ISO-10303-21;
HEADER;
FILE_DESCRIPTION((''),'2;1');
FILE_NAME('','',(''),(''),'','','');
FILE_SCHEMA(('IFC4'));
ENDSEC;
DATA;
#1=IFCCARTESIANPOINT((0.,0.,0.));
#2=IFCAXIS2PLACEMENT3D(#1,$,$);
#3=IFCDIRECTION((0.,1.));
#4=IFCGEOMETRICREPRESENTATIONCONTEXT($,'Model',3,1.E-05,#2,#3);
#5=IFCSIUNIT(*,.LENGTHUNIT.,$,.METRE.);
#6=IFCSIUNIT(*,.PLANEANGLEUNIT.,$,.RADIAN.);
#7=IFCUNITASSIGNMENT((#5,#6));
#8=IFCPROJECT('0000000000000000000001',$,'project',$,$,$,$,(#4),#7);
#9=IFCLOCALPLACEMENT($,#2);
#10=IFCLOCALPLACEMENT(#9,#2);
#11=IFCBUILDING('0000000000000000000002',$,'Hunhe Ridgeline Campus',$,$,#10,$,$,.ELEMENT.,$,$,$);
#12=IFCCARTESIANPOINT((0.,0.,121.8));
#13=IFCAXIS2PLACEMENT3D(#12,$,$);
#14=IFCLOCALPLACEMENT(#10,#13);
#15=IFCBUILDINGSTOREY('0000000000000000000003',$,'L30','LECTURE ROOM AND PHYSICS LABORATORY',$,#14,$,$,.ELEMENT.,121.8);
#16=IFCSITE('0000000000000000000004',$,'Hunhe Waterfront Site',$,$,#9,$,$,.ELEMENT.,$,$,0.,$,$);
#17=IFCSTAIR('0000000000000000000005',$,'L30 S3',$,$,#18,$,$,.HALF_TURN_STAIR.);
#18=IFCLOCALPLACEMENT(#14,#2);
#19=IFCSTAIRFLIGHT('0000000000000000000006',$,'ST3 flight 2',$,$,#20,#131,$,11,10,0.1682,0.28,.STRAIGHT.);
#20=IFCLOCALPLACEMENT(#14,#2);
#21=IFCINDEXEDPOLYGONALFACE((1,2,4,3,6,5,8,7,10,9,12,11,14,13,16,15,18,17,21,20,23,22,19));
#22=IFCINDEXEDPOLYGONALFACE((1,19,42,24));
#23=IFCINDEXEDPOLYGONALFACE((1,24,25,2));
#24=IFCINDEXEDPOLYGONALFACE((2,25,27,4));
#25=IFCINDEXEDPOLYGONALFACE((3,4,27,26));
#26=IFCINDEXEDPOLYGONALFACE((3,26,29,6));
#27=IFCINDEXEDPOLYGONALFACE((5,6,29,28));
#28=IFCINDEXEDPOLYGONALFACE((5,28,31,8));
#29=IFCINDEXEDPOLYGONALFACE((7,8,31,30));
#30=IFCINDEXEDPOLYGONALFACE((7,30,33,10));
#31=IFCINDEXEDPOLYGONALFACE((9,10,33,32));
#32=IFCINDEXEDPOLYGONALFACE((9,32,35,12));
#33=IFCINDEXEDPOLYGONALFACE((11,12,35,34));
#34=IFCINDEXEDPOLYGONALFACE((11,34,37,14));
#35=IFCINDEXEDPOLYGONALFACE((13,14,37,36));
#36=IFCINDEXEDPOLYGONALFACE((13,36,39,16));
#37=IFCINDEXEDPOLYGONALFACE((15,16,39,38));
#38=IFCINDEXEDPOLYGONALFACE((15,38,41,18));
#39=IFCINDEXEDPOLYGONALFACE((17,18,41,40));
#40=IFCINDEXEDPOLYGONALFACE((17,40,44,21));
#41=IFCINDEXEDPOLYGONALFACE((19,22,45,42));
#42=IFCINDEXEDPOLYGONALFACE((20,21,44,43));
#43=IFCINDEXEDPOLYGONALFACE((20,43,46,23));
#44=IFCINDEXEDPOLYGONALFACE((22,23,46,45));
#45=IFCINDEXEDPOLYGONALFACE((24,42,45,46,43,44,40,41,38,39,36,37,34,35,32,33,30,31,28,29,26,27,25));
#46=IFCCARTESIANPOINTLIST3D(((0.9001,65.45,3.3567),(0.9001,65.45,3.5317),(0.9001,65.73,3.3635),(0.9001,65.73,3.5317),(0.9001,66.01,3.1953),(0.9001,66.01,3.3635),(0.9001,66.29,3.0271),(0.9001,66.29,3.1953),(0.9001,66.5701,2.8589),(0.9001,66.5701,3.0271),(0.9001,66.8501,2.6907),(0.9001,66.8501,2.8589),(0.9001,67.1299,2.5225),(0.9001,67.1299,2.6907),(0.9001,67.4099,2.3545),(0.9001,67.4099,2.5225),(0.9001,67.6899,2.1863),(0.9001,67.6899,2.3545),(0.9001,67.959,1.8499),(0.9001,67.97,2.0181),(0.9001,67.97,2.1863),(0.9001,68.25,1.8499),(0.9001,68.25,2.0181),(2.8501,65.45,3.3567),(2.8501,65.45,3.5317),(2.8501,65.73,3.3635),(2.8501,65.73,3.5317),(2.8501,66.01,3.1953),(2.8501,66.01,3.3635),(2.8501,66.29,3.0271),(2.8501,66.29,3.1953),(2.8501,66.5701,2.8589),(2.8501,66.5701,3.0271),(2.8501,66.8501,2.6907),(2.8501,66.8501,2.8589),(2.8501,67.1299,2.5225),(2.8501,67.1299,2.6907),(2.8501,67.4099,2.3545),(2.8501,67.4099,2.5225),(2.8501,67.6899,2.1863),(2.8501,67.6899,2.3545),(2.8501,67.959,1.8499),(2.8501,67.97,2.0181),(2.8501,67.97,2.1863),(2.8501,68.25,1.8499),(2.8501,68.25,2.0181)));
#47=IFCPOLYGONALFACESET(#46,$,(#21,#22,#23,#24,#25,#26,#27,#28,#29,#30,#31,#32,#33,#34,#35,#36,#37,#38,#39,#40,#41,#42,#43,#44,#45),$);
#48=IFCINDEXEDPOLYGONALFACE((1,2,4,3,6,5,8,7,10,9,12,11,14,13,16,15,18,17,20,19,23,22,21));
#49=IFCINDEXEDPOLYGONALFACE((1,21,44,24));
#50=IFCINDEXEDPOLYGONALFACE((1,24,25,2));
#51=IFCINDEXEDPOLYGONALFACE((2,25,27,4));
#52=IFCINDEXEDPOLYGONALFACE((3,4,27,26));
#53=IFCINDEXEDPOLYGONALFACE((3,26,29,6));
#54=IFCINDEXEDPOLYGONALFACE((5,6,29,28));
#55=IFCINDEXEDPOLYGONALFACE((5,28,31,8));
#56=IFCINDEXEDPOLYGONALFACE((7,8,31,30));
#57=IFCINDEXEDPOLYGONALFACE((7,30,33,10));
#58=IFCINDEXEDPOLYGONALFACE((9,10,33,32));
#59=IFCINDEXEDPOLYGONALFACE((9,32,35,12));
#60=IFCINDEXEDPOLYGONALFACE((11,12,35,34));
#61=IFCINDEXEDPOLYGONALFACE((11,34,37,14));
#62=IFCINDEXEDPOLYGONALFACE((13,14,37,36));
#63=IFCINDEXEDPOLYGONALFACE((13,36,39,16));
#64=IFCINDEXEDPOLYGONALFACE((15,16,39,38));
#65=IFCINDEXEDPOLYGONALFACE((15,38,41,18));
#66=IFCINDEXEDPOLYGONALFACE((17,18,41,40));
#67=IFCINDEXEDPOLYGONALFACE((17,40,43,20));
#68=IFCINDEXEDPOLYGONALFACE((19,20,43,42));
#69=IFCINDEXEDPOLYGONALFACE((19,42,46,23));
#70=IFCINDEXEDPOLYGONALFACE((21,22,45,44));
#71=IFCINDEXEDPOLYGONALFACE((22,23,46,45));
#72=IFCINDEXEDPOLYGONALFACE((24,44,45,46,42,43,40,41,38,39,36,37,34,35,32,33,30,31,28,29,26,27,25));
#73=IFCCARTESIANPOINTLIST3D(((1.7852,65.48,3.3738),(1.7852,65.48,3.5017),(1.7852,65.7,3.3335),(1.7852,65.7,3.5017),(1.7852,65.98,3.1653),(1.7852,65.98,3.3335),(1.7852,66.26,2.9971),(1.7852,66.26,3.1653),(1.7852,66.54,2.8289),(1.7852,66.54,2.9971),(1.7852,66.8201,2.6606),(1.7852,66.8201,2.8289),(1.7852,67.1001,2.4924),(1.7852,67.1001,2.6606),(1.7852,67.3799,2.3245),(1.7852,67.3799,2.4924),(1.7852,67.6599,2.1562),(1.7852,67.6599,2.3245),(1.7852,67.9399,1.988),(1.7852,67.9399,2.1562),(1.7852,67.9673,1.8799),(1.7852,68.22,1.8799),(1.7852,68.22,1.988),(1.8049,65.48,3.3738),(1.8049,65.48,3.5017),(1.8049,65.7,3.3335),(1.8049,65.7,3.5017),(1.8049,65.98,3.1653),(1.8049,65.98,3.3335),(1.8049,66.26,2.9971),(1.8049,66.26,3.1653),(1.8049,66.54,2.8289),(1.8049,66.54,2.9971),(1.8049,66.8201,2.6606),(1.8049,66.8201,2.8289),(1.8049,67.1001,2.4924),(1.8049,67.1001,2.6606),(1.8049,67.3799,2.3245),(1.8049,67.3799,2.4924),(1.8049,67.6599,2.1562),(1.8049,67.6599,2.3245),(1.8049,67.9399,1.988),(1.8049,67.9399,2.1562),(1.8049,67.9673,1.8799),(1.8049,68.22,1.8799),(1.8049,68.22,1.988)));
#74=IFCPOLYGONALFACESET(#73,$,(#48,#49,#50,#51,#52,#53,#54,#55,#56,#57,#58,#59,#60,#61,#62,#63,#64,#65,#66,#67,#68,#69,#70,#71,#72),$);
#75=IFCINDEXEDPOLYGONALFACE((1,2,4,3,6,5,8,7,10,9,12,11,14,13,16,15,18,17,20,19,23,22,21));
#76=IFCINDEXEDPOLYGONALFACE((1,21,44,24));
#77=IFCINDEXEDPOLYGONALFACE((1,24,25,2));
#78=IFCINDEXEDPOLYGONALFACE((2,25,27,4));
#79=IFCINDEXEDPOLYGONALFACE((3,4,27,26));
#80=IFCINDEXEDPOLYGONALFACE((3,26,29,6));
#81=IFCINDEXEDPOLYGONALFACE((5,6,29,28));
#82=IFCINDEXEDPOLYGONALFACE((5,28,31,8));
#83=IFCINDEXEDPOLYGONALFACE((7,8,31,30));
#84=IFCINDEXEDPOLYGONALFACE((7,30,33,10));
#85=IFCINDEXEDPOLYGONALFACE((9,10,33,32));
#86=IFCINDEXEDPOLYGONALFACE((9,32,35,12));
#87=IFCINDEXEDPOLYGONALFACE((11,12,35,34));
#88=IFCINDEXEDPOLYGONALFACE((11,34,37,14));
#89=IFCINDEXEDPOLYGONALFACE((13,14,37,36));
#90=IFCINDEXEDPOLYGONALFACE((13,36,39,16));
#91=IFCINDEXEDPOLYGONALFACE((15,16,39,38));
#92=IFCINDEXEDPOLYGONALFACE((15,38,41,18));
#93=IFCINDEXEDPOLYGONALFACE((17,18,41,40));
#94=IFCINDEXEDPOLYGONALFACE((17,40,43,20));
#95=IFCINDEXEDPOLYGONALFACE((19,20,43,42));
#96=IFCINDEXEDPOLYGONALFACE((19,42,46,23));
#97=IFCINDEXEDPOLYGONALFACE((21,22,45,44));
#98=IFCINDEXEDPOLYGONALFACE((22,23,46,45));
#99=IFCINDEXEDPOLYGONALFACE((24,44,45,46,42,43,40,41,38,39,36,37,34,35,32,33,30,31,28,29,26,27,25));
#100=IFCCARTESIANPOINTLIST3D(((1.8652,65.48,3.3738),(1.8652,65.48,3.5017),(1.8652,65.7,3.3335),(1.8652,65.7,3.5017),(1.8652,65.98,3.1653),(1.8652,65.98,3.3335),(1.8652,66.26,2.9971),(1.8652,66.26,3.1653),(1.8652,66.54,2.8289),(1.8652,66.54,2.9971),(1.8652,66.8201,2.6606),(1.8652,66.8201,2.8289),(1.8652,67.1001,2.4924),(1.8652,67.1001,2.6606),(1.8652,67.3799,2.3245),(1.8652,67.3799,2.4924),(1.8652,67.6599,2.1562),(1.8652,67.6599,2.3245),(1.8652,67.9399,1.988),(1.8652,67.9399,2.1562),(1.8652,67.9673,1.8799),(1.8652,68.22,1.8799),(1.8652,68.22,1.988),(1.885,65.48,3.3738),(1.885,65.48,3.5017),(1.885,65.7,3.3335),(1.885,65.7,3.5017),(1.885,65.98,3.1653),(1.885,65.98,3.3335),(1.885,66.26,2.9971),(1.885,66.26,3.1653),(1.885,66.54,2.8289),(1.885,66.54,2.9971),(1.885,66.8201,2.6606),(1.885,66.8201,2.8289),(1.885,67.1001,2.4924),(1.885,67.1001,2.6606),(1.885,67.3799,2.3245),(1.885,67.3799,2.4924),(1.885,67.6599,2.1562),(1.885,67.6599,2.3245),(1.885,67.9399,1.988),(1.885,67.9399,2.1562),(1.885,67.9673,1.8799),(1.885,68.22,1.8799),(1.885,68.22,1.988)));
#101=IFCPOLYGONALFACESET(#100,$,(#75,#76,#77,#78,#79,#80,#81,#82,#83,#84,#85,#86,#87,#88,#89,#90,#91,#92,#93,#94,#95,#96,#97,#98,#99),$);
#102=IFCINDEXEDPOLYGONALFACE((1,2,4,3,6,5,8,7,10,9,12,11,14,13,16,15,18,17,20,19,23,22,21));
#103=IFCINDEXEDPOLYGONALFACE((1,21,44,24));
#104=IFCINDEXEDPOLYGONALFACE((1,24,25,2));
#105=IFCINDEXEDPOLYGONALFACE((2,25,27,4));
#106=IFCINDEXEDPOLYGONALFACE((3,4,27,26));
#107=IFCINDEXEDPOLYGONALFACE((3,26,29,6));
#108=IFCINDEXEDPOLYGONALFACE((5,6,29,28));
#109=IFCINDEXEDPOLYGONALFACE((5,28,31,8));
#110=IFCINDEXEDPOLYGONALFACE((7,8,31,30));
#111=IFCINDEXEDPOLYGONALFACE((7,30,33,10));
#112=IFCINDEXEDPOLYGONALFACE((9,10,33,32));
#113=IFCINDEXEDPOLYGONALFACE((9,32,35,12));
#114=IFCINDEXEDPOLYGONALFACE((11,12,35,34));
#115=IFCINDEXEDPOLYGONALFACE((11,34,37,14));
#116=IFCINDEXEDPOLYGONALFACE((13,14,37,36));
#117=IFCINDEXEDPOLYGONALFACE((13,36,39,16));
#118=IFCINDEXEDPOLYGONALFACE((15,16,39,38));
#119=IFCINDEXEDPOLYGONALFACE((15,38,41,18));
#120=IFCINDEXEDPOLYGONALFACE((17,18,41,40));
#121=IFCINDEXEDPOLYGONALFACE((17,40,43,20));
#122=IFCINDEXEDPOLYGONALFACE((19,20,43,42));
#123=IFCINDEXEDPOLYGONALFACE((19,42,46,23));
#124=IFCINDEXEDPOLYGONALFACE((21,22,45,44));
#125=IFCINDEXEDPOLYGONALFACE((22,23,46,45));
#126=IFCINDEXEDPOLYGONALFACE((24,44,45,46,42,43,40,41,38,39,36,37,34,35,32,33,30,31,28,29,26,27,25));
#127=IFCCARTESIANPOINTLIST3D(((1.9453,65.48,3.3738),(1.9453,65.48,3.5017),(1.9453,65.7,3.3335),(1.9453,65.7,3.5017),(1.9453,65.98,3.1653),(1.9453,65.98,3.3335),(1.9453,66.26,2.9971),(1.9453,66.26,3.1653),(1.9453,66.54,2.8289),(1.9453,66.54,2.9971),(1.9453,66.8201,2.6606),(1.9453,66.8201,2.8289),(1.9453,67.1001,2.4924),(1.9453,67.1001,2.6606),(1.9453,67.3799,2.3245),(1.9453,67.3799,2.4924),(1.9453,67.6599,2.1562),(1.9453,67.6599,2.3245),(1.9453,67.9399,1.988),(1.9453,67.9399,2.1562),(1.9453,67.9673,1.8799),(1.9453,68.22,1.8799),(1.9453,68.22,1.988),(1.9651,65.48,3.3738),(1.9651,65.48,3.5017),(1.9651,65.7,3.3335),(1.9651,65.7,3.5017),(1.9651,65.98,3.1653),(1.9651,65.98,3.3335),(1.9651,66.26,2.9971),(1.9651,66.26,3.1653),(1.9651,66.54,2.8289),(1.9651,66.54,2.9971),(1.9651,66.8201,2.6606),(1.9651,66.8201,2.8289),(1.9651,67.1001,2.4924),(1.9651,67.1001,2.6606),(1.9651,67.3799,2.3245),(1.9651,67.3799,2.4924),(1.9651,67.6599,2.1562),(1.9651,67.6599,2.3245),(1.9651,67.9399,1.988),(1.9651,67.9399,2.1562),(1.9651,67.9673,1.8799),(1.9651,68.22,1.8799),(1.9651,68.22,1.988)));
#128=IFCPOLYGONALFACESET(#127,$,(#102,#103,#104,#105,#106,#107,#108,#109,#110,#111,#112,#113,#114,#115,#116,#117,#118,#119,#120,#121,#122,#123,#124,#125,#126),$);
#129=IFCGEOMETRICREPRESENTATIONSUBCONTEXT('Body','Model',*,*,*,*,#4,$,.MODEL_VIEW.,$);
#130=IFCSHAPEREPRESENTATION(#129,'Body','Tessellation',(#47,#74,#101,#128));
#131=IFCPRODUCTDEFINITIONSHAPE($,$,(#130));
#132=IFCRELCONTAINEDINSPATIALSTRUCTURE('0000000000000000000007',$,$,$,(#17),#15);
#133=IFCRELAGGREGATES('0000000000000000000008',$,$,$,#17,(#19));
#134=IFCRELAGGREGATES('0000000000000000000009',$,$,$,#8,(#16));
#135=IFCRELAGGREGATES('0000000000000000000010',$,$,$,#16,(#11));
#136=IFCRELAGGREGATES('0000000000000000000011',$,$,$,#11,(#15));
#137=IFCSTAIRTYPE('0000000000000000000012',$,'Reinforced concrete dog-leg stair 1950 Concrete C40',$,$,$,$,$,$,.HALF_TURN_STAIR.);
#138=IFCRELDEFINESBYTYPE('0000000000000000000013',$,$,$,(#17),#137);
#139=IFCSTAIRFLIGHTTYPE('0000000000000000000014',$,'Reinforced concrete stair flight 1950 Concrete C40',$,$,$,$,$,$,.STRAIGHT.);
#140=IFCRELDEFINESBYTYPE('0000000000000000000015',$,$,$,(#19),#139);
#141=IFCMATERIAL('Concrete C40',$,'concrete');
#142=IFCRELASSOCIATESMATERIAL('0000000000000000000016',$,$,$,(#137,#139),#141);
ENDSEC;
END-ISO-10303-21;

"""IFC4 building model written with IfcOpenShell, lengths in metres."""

from ifc_helpers import new_model, si_unit, direction, frame, origin, place, context, subcontext, project, spatial, polyline, outline, extrude, material, type_object, element, aggregate, save


model = new_model("IFC4")

# Units and contexts
model_context = context("Model", 3, precision=1e-05, world=origin(), true_north=direction((0.0, 1.0)))
body_context = subcontext(model_context, "Body", "Model", "MODEL_VIEW")
ifc_project = project(units=[si_unit("LENGTHUNIT", "METRE"), si_unit("PLANEANGLEUNIT", "RADIAN")], contexts=[model_context])

# Site, building, storey
site_placement = place(None, origin())
site = spatial("IfcSite", under=ifc_project, at=site_placement, Name="Hunhe Waterfront Site", CompositionType="ELEMENT", RefElevation=0.0)
building_placement = place(site_placement, origin())
building = spatial("IfcBuilding", under=site, at=building_placement, Name="Hunhe Ridgeline Campus", CompositionType="ELEMENT")
storey_placement = place(building_placement, frame((0.0, 0.0, 121.8)))
storey = spatial("IfcBuildingStorey", under=building, at=storey_placement, Name="L30", Description="LECTURE ROOM AND PHYSICS LABORATORY", CompositionType="ELEMENT", Elevation=121.8)

# Stair, stair flight
ifc_material_1 = material(Name="Concrete C40", Category="concrete")
stair_type = type_object("IfcStairType", Name="Reinforced concrete dog-leg stair 1950 Concrete C40", PredefinedType="HALF_TURN_STAIR", material=ifc_material_1)
stair_1_placement = place(storey_placement, origin())
stair_1 = element("IfcStair", 1, at=stair_1_placement, inside=storey, type_object=stair_type, Name="L30 S3", PredefinedType="HALF_TURN_STAIR")
stair_flight_type = type_object("IfcStairFlightType", Name="Reinforced concrete stair flight 1950 Concrete C40", PredefinedType="STRAIGHT", material=ifc_material_1)
stair_flight_1_placement = place(storey_placement, frame((1.875, 68.25, 1.8499), z_axis=(0.0, 0.0, 1.0), x_axis=(0.0, -1.0, 0.0)))
stair_flight_1 = element("IfcStairFlight", 2, at=stair_flight_1_placement, type_object=stair_flight_type, Name="ST3 flight 2", NumberOfRisers=11, NumberOfTreads=10, PredefinedType="STRAIGHT", RiserHeight=0.1682, TreadLength=0.28, context=body_context, shape_type="SweptSolid", body=[
    extrude(outline(polyline([(0.0, 0.0), (0.0, 0.1682), (0.28, 0.1682), (0.28, 0.3364), (0.5601, 0.3364), (0.5601, 0.5046), (0.8401, 0.5046), (0.8401, 0.6726), (1.1201, 0.6726), (1.1201, 0.8408), (1.3999, 0.8408), (1.3999, 1.009), (1.6799, 1.009), (1.6799, 1.1772), (1.96, 1.1772), (1.96, 1.3455), (2.24, 1.3455), (2.24, 1.5137), (2.52, 1.5137), (2.52, 1.6819), (2.8, 1.6819), (2.8, 1.8501), (2.8, 1.5068), (0.291, 0.0), (0.0, 0.0)])), frame((0.0, 0.9751, 0.0), z_axis=(0.0, -1.0, 0.0), x_axis=(1.0, 0.0, 0.0)), (0.0, 0.0, 1.0), 1.95),
    extrude(outline(polyline([(0.03, 0.03), (0.03, 0.1382), (0.3101, 0.1382), (0.3101, 0.3064), (0.5901, 0.3064), (0.5901, 0.4746), (0.8701, 0.4746), (0.8701, 0.6426), (1.1499, 0.6426), (1.1499, 0.8108), (1.4299, 0.8108), (1.4299, 0.979), (1.71, 0.979), (1.71, 1.1472), (1.99, 1.1472), (1.99, 1.3154), (2.27, 1.3154), (2.27, 1.4836), (2.55, 1.4836), (2.55, 1.6519), (2.77, 1.6519), (2.77, 1.5239), (0.2827, 0.03), (0.03, 0.03)])), frame((0.0, -0.0701, 0.0), z_axis=(0.0, -1.0, 0.0), x_axis=(1.0, 0.0, 0.0)), (0.0, 0.0, 1.0), 0.0198),
    extrude(outline(polyline([(0.03, 0.03), (0.03, 0.1382), (0.3101, 0.1382), (0.3101, 0.3064), (0.5901, 0.3064), (0.5901, 0.4746), (0.8701, 0.4746), (0.8701, 0.6426), (1.1499, 0.6426), (1.1499, 0.8108), (1.4299, 0.8108), (1.4299, 0.979), (1.71, 0.979), (1.71, 1.1472), (1.99, 1.1472), (1.99, 1.3154), (2.27, 1.3154), (2.27, 1.4836), (2.55, 1.4836), (2.55, 1.6519), (2.77, 1.6519), (2.77, 1.5239), (0.2827, 0.03), (0.03, 0.03)])), frame((0.0, 0.01, 0.0), z_axis=(0.0, -1.0, 0.0), x_axis=(1.0, 0.0, 0.0)), (0.0, 0.0, 1.0), 0.0198),
    extrude(outline(polyline([(0.03, 0.03), (0.03, 0.1382), (0.3101, 0.1382), (0.3101, 0.3064), (0.5901, 0.3064), (0.5901, 0.4746), (0.8701, 0.4746), (0.8701, 0.6426), (1.1499, 0.6426), (1.1499, 0.8108), (1.4299, 0.8108), (1.4299, 0.979), (1.71, 0.979), (1.71, 1.1472), (1.99, 1.1472), (1.99, 1.3154), (2.27, 1.3154), (2.27, 1.4836), (2.55, 1.4836), (2.55, 1.6519), (2.77, 1.6519), (2.77, 1.5239), (0.2827, 0.03), (0.03, 0.03)])), frame((0.0, 0.0901, 0.0), z_axis=(0.0, -1.0, 0.0), x_axis=(1.0, 0.0, 0.0)), (0.0, 0.0, 1.0), 0.0198),
])
aggregate(stair_1, [stair_flight_1])

save(model, "model.ifc")
